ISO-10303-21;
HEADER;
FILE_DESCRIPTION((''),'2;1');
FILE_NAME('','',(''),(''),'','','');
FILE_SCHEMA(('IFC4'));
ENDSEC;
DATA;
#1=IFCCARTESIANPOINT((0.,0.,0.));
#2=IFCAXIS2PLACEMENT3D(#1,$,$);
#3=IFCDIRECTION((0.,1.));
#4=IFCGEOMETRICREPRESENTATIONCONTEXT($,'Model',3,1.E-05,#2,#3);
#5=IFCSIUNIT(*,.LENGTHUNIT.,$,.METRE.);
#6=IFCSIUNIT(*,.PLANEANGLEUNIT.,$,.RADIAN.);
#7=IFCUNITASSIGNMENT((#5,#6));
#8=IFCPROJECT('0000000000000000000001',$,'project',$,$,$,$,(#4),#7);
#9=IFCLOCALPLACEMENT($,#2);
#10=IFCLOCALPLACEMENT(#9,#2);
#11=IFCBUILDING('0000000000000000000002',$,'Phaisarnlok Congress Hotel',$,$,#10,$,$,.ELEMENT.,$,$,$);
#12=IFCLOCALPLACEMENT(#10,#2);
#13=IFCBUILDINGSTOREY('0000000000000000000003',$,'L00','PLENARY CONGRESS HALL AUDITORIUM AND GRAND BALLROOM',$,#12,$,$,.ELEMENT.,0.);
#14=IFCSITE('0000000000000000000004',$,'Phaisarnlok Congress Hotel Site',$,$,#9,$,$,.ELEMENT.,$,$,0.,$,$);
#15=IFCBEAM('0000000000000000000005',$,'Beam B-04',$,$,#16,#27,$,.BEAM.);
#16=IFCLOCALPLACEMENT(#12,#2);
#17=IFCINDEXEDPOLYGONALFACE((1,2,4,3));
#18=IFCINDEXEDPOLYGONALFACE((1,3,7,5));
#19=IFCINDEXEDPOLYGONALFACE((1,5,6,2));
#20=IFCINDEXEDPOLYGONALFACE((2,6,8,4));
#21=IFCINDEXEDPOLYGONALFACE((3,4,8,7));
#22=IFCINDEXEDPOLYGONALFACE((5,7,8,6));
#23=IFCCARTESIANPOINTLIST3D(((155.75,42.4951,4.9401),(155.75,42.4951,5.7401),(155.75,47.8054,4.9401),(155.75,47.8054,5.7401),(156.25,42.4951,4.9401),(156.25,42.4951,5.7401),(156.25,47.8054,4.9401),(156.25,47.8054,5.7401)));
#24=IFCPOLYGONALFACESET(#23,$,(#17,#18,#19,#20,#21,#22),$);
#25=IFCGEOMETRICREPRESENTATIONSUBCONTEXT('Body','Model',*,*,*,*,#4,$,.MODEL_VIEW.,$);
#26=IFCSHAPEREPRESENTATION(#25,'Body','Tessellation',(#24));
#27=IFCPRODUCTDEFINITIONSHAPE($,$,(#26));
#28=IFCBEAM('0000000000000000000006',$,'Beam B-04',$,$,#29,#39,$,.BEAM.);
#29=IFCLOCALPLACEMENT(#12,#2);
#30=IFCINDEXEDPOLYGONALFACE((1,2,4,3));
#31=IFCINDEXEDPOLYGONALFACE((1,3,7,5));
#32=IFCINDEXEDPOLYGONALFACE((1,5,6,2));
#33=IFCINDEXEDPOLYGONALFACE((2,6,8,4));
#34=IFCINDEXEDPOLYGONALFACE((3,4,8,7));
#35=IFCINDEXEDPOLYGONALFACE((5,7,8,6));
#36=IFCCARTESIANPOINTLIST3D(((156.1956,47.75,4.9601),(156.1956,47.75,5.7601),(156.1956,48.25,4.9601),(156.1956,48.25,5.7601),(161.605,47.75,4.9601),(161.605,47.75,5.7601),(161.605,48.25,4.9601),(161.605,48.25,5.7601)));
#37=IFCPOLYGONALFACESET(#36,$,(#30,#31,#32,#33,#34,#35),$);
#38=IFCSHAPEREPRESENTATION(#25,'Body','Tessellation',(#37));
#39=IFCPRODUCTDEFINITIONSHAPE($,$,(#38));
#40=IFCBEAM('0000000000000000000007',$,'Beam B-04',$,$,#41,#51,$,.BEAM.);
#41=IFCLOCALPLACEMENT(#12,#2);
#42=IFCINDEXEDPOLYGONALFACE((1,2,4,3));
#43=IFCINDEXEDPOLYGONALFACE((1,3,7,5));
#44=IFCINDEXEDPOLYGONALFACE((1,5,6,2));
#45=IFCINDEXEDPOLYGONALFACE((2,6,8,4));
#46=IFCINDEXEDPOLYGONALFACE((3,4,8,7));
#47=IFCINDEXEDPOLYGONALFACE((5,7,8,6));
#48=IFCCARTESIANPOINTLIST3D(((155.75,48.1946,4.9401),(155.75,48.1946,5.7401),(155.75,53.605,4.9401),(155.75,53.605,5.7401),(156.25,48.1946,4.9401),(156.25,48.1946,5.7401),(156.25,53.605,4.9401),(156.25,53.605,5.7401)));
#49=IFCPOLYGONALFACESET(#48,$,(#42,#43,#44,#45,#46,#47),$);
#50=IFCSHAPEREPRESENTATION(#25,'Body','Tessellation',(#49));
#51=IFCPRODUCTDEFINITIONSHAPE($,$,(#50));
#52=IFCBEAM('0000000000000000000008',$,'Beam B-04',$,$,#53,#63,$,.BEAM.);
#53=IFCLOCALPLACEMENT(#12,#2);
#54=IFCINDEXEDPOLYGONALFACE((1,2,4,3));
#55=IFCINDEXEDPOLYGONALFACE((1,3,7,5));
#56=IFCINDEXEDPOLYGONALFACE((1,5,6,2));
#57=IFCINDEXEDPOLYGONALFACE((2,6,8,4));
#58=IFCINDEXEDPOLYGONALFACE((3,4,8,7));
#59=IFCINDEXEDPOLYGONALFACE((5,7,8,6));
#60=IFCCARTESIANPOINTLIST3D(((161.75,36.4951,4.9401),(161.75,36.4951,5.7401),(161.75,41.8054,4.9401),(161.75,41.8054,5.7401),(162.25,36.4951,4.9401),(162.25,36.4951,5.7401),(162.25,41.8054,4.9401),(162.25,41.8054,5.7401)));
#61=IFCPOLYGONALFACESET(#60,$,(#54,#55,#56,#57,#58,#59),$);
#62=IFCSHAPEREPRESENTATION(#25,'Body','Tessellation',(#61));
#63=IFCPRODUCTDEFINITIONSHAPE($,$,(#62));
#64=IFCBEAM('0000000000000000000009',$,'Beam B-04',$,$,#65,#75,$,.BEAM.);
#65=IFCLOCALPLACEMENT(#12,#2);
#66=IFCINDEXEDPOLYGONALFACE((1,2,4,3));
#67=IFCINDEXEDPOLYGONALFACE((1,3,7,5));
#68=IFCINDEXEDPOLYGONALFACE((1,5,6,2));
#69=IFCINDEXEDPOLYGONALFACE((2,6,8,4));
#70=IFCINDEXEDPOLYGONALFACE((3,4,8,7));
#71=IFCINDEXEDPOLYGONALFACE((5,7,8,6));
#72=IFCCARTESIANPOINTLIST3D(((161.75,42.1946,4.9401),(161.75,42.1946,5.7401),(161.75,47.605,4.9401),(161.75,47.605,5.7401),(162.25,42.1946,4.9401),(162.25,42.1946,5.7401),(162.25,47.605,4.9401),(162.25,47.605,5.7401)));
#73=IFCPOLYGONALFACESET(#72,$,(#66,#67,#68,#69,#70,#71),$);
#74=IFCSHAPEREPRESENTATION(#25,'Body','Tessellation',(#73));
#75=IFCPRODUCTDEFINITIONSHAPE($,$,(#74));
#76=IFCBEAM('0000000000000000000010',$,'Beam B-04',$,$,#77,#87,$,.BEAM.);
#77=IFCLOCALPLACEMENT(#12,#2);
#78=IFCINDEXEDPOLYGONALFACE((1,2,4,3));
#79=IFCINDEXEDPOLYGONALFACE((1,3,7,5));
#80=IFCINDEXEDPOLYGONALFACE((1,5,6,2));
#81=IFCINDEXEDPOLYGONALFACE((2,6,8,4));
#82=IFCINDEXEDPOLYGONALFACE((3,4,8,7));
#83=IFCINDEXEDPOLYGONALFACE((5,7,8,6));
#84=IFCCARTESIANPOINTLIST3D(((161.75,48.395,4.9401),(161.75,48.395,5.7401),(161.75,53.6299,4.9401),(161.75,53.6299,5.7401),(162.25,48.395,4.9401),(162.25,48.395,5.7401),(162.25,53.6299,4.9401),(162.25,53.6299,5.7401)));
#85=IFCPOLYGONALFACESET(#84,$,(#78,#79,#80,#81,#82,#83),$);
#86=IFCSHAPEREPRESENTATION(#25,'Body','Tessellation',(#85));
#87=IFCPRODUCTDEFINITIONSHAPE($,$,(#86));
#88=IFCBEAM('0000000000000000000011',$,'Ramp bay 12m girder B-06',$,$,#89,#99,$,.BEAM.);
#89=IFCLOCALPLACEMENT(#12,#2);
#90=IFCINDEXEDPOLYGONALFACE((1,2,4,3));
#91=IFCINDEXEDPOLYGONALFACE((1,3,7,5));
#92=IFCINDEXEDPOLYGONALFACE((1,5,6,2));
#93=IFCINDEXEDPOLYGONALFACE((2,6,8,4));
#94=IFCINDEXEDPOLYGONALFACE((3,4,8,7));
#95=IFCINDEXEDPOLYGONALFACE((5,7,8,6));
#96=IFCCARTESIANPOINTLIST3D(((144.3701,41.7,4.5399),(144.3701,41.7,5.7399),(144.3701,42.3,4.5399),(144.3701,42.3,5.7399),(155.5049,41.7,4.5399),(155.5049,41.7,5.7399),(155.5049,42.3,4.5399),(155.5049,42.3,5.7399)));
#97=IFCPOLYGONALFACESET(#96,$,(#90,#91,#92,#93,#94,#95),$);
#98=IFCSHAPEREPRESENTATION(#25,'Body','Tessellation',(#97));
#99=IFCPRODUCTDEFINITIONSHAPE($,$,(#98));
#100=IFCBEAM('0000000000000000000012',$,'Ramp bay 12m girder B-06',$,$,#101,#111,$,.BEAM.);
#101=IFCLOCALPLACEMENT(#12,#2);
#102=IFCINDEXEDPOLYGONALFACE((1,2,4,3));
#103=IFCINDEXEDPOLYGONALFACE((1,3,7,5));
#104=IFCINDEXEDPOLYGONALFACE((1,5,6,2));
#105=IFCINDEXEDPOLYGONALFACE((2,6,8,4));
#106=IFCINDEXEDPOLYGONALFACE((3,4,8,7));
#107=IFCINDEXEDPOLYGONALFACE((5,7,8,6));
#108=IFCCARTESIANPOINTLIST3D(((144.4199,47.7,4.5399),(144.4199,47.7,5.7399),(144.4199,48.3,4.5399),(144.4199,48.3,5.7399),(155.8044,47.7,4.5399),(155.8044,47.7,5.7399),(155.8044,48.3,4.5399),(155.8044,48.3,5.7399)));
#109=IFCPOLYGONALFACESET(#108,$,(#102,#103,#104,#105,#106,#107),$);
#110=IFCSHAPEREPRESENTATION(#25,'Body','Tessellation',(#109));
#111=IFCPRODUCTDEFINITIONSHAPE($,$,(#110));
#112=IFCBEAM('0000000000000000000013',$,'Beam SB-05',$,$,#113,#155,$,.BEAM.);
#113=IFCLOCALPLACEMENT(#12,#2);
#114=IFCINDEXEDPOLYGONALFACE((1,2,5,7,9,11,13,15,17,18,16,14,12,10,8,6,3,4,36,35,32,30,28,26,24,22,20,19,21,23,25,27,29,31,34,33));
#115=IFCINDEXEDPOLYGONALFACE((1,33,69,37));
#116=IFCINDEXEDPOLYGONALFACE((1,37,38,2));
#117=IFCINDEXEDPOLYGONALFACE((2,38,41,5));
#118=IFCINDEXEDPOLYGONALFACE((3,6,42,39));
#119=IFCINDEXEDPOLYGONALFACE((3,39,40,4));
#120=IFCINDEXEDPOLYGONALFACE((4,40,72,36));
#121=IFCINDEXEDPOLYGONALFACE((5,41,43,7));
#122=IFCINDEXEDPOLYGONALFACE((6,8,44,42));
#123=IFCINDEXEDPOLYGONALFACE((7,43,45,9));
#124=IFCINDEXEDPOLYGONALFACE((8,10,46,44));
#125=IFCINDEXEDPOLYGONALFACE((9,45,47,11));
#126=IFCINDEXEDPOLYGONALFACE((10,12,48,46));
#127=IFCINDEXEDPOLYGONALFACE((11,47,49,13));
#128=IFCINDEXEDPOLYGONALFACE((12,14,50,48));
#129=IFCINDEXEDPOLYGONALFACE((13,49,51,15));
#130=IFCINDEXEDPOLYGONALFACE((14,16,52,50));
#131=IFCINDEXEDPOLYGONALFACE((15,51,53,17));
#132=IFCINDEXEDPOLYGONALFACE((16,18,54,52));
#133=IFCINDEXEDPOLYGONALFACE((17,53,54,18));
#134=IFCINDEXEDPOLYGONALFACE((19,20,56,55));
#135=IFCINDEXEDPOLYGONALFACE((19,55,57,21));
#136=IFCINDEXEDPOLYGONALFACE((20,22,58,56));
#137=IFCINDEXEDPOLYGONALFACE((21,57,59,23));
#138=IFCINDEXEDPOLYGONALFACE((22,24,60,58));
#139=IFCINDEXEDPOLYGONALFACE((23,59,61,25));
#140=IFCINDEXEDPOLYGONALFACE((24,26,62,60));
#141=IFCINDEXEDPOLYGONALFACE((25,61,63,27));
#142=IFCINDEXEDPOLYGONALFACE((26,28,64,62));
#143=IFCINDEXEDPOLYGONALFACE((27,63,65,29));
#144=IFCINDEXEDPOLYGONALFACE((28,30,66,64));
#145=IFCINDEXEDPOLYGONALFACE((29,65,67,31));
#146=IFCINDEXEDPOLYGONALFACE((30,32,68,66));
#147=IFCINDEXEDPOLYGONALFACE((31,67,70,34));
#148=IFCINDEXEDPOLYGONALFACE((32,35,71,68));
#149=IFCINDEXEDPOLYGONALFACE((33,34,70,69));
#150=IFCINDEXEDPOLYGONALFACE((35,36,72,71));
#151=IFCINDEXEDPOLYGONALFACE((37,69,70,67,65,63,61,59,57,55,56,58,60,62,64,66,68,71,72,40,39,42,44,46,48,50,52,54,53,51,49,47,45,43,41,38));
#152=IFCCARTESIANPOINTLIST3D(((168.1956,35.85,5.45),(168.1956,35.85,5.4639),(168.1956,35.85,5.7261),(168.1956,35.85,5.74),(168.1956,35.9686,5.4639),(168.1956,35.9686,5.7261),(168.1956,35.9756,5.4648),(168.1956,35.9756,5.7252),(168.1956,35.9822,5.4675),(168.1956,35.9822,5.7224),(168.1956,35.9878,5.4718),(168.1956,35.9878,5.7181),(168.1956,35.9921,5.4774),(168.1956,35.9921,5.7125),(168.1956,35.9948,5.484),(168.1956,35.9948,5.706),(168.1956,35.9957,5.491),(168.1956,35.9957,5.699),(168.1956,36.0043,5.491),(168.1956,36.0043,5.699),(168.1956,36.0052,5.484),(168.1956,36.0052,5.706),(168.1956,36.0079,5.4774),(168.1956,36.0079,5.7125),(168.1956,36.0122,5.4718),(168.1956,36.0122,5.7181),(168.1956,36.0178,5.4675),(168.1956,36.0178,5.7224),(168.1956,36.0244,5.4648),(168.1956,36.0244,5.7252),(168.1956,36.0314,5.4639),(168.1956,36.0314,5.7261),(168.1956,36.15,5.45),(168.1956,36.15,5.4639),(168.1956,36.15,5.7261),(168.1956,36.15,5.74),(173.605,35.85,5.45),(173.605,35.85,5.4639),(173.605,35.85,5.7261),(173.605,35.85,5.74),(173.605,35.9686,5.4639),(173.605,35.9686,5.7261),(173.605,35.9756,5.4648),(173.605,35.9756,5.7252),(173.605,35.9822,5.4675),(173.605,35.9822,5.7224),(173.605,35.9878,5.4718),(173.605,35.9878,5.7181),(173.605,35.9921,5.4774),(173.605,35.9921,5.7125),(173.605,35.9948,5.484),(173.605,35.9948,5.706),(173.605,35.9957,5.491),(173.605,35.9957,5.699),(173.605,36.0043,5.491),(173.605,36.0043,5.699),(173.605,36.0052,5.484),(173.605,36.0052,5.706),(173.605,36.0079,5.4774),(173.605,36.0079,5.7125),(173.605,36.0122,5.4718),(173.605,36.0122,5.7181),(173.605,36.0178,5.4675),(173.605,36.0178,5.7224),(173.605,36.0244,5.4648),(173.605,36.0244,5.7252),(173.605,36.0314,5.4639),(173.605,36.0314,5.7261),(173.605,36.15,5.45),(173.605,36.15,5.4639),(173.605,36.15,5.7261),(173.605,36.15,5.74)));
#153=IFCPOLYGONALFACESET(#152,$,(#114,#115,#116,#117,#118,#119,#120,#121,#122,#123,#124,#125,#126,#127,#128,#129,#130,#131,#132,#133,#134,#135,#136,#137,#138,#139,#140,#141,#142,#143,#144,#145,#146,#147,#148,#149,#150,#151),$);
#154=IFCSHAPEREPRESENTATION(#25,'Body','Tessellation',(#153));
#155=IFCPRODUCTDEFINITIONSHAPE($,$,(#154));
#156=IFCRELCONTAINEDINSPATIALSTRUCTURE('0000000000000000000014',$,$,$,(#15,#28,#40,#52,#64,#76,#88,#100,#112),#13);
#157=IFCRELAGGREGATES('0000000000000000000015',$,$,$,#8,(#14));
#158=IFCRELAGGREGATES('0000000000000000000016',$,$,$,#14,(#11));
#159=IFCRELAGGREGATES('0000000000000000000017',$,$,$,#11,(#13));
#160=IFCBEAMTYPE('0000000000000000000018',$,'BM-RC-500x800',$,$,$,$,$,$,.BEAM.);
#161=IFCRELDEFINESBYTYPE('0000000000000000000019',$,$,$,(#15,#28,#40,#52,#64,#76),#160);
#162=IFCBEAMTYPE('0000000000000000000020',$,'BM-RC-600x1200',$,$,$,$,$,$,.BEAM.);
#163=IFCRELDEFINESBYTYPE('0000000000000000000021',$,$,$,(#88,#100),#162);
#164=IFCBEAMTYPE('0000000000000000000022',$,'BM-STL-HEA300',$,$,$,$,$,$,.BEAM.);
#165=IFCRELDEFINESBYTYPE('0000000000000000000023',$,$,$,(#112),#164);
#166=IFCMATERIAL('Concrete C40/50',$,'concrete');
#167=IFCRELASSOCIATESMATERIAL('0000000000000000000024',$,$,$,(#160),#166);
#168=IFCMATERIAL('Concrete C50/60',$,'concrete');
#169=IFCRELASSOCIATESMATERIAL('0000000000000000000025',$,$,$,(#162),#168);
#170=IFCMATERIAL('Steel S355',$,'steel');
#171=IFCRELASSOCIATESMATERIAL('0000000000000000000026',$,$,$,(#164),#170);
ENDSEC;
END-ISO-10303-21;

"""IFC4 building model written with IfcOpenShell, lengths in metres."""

from ifc_helpers import new_model, si_unit, direction, frame, origin, origin_2d, place, context, subcontext, project, spatial, rectangle, i_section, extrude, material, material_profile, profile_set, type_object, element, save


model = new_model("IFC4")

# Units and contexts
model_context = context("Model", 3, precision=1e-05, world=origin(), true_north=direction((0.0, 1.0)))
body_context = subcontext(model_context, "Body", "Model", "MODEL_VIEW")
ifc_project = project(units=[si_unit("LENGTHUNIT", "METRE"), si_unit("PLANEANGLEUNIT", "RADIAN")], contexts=[model_context])

# Site, building, storey
site_placement = place(None, origin())
site = spatial("IfcSite", under=ifc_project, at=site_placement, Name="Phaisarnlok Congress Hotel Site", CompositionType="ELEMENT", RefElevation=0.0)
building_placement = place(site_placement, origin())
building = spatial("IfcBuilding", under=site, at=building_placement, Name="Phaisarnlok Congress Hotel", CompositionType="ELEMENT")
storey_placement = place(building_placement, origin())
storey = spatial("IfcBuildingStorey", under=building, at=storey_placement, Name="L00", Description="PLENARY CONGRESS HALL AUDITORIUM AND GRAND BALLROOM", CompositionType="ELEMENT", Elevation=0.0)

# Shared definitions
ifc_material_1 = material(Name="Concrete C50/60", Category="concrete")
ifc_material_2 = material(Name="Steel S355", Category="steel")

# Beams
ifc_material_3 = material(Name="Concrete C40/50", Category="concrete")
ifc_material_profile_1 = material_profile(ifc_material_3, rectangle(XDim=0.5, YDim=0.8, at=origin_2d()), Name="RC 500x800")
ifc_profile_set_1 = profile_set([ifc_material_profile_1], Name="Concrete C40/50")
beam_type_1 = type_object("IfcBeamType", Name="BM-RC-500x800", PredefinedType="BEAM", material=ifc_profile_set_1)
beam_1_placement = place(storey_placement, frame((156.0, 42.4951, 5.3401), z_axis=(0.0, 1.0, 0.0), x_axis=(-1.0, 0.0, 0.0)))
element("IfcBeam", 1, at=beam_1_placement, inside=storey, type_object=beam_type_1, Name="Beam B-04", PredefinedType="BEAM", context=body_context, shape_type="SweptSolid", body=[
    extrude(rectangle(XDim=0.5, YDim=0.8, at=origin_2d()), origin(), (0.0, 0.0, 1.0), 5.3103),
])
beam_2_placement = place(storey_placement, frame((156.1956, 48.0, 5.3601), z_axis=(1.0, 0.0, 0.0), x_axis=(0.0, 1.0, 0.0)))
element("IfcBeam", 2, at=beam_2_placement, inside=storey, type_object=beam_type_1, Name="Beam B-04", PredefinedType="BEAM", context=body_context, shape_type="SweptSolid", body=[
    extrude(rectangle(XDim=0.5, YDim=0.8, at=origin_2d()), origin(), (0.0, 0.0, 1.0), 5.4094),
])
beam_3_placement = place(storey_placement, frame((156.0, 48.1946, 5.3401), z_axis=(0.0, 1.0, 0.0), x_axis=(-1.0, 0.0, 0.0)))
element("IfcBeam", 3, at=beam_3_placement, inside=storey, type_object=beam_type_1, Name="Beam B-04", PredefinedType="BEAM", context=body_context, shape_type="SweptSolid", body=[
    extrude(rectangle(XDim=0.5, YDim=0.8, at=origin_2d()), origin(), (0.0, 0.0, 1.0), 5.4104),
])
beam_4_placement = place(storey_placement, frame((162.0, 36.4951, 5.3401), z_axis=(0.0, 1.0, 0.0), x_axis=(-1.0, 0.0, 0.0)))
element("IfcBeam", 4, at=beam_4_placement, inside=storey, type_object=beam_type_1, Name="Beam B-04", PredefinedType="BEAM", context=body_context, shape_type="SweptSolid", body=[
    extrude(rectangle(XDim=0.5, YDim=0.8, at=origin_2d()), origin(), (0.0, 0.0, 1.0), 5.3103),
])
beam_5_placement = place(storey_placement, frame((162.0, 42.1946, 5.3401), z_axis=(0.0, 1.0, 0.0), x_axis=(-1.0, 0.0, 0.0)))
element("IfcBeam", 5, at=beam_5_placement, inside=storey, type_object=beam_type_1, Name="Beam B-04", PredefinedType="BEAM", context=body_context, shape_type="SweptSolid", body=[
    extrude(rectangle(XDim=0.5, YDim=0.8, at=origin_2d()), origin(), (0.0, 0.0, 1.0), 5.4104),
])
beam_6_placement = place(storey_placement, frame((162.0, 48.395, 5.3401), z_axis=(0.0, 1.0, 0.0), x_axis=(-1.0, 0.0, 0.0)))
element("IfcBeam", 6, at=beam_6_placement, inside=storey, type_object=beam_type_1, Name="Beam B-04", PredefinedType="BEAM", context=body_context, shape_type="SweptSolid", body=[
    extrude(rectangle(XDim=0.5, YDim=0.8, at=origin_2d()), origin(), (0.0, 0.0, 1.0), 5.2349),
])
ifc_material_profile_2 = material_profile(ifc_material_1, rectangle(XDim=0.6001, YDim=1.2, at=origin_2d()), Name="RC 600x1200")
ifc_profile_set_2 = profile_set([ifc_material_profile_2], Name="Concrete C50/60")
beam_type_2 = type_object("IfcBeamType", Name="BM-RC-600x1200", PredefinedType="BEAM", material=ifc_profile_set_2)
beam_7_placement = place(storey_placement, frame((144.3701, 42.0, 5.1399), z_axis=(1.0, 0.0, 0.0), x_axis=(0.0, 1.0, 0.0)))
element("IfcBeam", 7, at=beam_7_placement, inside=storey, type_object=beam_type_2, Name="Ramp bay 12m girder B-06", PredefinedType="BEAM", context=body_context, shape_type="SweptSolid", body=[
    extrude(rectangle(XDim=0.6001, YDim=1.2, at=origin_2d()), origin(), (0.0, 0.0, 1.0), 11.1348),
])
beam_8_placement = place(storey_placement, frame((144.4199, 48.0, 5.1399), z_axis=(1.0, 0.0, 0.0), x_axis=(0.0, 1.0, 0.0)))
element("IfcBeam", 8, at=beam_8_placement, inside=storey, type_object=beam_type_2, Name="Ramp bay 12m girder B-06", PredefinedType="BEAM", context=body_context, shape_type="SweptSolid", body=[
    extrude(rectangle(XDim=0.6001, YDim=1.2, at=origin_2d()), origin(), (0.0, 0.0, 1.0), 11.3845),
])
ifc_material_profile_3 = material_profile(ifc_material_2, i_section(OverallWidth=0.3, OverallDepth=0.29, WebThickness=0.0085, FlangeThickness=0.0139, FilletRadius=0.0271, at=origin_2d()), Name="HEA 300")
ifc_profile_set_3 = profile_set([ifc_material_profile_3], Name="Steel S355")
beam_type_3 = type_object("IfcBeamType", Name="BM-STL-HEA300", PredefinedType="BEAM", material=ifc_profile_set_3)
beam_9_placement = place(storey_placement, frame((168.1956, 36.0, 5.595), z_axis=(1.0, 0.0, 0.0), x_axis=(0.0, 1.0, 0.0)))
element("IfcBeam", 9, at=beam_9_placement, inside=storey, type_object=beam_type_3, Name="Beam SB-05", PredefinedType="BEAM", context=body_context, shape_type="SweptSolid", body=[
    extrude(i_section(OverallWidth=0.3, OverallDepth=0.29, WebThickness=0.0085, FlangeThickness=0.0139, FilletRadius=0.0271, at=origin_2d()), origin(), (0.0, 0.0, 1.0), 5.4094),
])

save(model, "model.ifc")
